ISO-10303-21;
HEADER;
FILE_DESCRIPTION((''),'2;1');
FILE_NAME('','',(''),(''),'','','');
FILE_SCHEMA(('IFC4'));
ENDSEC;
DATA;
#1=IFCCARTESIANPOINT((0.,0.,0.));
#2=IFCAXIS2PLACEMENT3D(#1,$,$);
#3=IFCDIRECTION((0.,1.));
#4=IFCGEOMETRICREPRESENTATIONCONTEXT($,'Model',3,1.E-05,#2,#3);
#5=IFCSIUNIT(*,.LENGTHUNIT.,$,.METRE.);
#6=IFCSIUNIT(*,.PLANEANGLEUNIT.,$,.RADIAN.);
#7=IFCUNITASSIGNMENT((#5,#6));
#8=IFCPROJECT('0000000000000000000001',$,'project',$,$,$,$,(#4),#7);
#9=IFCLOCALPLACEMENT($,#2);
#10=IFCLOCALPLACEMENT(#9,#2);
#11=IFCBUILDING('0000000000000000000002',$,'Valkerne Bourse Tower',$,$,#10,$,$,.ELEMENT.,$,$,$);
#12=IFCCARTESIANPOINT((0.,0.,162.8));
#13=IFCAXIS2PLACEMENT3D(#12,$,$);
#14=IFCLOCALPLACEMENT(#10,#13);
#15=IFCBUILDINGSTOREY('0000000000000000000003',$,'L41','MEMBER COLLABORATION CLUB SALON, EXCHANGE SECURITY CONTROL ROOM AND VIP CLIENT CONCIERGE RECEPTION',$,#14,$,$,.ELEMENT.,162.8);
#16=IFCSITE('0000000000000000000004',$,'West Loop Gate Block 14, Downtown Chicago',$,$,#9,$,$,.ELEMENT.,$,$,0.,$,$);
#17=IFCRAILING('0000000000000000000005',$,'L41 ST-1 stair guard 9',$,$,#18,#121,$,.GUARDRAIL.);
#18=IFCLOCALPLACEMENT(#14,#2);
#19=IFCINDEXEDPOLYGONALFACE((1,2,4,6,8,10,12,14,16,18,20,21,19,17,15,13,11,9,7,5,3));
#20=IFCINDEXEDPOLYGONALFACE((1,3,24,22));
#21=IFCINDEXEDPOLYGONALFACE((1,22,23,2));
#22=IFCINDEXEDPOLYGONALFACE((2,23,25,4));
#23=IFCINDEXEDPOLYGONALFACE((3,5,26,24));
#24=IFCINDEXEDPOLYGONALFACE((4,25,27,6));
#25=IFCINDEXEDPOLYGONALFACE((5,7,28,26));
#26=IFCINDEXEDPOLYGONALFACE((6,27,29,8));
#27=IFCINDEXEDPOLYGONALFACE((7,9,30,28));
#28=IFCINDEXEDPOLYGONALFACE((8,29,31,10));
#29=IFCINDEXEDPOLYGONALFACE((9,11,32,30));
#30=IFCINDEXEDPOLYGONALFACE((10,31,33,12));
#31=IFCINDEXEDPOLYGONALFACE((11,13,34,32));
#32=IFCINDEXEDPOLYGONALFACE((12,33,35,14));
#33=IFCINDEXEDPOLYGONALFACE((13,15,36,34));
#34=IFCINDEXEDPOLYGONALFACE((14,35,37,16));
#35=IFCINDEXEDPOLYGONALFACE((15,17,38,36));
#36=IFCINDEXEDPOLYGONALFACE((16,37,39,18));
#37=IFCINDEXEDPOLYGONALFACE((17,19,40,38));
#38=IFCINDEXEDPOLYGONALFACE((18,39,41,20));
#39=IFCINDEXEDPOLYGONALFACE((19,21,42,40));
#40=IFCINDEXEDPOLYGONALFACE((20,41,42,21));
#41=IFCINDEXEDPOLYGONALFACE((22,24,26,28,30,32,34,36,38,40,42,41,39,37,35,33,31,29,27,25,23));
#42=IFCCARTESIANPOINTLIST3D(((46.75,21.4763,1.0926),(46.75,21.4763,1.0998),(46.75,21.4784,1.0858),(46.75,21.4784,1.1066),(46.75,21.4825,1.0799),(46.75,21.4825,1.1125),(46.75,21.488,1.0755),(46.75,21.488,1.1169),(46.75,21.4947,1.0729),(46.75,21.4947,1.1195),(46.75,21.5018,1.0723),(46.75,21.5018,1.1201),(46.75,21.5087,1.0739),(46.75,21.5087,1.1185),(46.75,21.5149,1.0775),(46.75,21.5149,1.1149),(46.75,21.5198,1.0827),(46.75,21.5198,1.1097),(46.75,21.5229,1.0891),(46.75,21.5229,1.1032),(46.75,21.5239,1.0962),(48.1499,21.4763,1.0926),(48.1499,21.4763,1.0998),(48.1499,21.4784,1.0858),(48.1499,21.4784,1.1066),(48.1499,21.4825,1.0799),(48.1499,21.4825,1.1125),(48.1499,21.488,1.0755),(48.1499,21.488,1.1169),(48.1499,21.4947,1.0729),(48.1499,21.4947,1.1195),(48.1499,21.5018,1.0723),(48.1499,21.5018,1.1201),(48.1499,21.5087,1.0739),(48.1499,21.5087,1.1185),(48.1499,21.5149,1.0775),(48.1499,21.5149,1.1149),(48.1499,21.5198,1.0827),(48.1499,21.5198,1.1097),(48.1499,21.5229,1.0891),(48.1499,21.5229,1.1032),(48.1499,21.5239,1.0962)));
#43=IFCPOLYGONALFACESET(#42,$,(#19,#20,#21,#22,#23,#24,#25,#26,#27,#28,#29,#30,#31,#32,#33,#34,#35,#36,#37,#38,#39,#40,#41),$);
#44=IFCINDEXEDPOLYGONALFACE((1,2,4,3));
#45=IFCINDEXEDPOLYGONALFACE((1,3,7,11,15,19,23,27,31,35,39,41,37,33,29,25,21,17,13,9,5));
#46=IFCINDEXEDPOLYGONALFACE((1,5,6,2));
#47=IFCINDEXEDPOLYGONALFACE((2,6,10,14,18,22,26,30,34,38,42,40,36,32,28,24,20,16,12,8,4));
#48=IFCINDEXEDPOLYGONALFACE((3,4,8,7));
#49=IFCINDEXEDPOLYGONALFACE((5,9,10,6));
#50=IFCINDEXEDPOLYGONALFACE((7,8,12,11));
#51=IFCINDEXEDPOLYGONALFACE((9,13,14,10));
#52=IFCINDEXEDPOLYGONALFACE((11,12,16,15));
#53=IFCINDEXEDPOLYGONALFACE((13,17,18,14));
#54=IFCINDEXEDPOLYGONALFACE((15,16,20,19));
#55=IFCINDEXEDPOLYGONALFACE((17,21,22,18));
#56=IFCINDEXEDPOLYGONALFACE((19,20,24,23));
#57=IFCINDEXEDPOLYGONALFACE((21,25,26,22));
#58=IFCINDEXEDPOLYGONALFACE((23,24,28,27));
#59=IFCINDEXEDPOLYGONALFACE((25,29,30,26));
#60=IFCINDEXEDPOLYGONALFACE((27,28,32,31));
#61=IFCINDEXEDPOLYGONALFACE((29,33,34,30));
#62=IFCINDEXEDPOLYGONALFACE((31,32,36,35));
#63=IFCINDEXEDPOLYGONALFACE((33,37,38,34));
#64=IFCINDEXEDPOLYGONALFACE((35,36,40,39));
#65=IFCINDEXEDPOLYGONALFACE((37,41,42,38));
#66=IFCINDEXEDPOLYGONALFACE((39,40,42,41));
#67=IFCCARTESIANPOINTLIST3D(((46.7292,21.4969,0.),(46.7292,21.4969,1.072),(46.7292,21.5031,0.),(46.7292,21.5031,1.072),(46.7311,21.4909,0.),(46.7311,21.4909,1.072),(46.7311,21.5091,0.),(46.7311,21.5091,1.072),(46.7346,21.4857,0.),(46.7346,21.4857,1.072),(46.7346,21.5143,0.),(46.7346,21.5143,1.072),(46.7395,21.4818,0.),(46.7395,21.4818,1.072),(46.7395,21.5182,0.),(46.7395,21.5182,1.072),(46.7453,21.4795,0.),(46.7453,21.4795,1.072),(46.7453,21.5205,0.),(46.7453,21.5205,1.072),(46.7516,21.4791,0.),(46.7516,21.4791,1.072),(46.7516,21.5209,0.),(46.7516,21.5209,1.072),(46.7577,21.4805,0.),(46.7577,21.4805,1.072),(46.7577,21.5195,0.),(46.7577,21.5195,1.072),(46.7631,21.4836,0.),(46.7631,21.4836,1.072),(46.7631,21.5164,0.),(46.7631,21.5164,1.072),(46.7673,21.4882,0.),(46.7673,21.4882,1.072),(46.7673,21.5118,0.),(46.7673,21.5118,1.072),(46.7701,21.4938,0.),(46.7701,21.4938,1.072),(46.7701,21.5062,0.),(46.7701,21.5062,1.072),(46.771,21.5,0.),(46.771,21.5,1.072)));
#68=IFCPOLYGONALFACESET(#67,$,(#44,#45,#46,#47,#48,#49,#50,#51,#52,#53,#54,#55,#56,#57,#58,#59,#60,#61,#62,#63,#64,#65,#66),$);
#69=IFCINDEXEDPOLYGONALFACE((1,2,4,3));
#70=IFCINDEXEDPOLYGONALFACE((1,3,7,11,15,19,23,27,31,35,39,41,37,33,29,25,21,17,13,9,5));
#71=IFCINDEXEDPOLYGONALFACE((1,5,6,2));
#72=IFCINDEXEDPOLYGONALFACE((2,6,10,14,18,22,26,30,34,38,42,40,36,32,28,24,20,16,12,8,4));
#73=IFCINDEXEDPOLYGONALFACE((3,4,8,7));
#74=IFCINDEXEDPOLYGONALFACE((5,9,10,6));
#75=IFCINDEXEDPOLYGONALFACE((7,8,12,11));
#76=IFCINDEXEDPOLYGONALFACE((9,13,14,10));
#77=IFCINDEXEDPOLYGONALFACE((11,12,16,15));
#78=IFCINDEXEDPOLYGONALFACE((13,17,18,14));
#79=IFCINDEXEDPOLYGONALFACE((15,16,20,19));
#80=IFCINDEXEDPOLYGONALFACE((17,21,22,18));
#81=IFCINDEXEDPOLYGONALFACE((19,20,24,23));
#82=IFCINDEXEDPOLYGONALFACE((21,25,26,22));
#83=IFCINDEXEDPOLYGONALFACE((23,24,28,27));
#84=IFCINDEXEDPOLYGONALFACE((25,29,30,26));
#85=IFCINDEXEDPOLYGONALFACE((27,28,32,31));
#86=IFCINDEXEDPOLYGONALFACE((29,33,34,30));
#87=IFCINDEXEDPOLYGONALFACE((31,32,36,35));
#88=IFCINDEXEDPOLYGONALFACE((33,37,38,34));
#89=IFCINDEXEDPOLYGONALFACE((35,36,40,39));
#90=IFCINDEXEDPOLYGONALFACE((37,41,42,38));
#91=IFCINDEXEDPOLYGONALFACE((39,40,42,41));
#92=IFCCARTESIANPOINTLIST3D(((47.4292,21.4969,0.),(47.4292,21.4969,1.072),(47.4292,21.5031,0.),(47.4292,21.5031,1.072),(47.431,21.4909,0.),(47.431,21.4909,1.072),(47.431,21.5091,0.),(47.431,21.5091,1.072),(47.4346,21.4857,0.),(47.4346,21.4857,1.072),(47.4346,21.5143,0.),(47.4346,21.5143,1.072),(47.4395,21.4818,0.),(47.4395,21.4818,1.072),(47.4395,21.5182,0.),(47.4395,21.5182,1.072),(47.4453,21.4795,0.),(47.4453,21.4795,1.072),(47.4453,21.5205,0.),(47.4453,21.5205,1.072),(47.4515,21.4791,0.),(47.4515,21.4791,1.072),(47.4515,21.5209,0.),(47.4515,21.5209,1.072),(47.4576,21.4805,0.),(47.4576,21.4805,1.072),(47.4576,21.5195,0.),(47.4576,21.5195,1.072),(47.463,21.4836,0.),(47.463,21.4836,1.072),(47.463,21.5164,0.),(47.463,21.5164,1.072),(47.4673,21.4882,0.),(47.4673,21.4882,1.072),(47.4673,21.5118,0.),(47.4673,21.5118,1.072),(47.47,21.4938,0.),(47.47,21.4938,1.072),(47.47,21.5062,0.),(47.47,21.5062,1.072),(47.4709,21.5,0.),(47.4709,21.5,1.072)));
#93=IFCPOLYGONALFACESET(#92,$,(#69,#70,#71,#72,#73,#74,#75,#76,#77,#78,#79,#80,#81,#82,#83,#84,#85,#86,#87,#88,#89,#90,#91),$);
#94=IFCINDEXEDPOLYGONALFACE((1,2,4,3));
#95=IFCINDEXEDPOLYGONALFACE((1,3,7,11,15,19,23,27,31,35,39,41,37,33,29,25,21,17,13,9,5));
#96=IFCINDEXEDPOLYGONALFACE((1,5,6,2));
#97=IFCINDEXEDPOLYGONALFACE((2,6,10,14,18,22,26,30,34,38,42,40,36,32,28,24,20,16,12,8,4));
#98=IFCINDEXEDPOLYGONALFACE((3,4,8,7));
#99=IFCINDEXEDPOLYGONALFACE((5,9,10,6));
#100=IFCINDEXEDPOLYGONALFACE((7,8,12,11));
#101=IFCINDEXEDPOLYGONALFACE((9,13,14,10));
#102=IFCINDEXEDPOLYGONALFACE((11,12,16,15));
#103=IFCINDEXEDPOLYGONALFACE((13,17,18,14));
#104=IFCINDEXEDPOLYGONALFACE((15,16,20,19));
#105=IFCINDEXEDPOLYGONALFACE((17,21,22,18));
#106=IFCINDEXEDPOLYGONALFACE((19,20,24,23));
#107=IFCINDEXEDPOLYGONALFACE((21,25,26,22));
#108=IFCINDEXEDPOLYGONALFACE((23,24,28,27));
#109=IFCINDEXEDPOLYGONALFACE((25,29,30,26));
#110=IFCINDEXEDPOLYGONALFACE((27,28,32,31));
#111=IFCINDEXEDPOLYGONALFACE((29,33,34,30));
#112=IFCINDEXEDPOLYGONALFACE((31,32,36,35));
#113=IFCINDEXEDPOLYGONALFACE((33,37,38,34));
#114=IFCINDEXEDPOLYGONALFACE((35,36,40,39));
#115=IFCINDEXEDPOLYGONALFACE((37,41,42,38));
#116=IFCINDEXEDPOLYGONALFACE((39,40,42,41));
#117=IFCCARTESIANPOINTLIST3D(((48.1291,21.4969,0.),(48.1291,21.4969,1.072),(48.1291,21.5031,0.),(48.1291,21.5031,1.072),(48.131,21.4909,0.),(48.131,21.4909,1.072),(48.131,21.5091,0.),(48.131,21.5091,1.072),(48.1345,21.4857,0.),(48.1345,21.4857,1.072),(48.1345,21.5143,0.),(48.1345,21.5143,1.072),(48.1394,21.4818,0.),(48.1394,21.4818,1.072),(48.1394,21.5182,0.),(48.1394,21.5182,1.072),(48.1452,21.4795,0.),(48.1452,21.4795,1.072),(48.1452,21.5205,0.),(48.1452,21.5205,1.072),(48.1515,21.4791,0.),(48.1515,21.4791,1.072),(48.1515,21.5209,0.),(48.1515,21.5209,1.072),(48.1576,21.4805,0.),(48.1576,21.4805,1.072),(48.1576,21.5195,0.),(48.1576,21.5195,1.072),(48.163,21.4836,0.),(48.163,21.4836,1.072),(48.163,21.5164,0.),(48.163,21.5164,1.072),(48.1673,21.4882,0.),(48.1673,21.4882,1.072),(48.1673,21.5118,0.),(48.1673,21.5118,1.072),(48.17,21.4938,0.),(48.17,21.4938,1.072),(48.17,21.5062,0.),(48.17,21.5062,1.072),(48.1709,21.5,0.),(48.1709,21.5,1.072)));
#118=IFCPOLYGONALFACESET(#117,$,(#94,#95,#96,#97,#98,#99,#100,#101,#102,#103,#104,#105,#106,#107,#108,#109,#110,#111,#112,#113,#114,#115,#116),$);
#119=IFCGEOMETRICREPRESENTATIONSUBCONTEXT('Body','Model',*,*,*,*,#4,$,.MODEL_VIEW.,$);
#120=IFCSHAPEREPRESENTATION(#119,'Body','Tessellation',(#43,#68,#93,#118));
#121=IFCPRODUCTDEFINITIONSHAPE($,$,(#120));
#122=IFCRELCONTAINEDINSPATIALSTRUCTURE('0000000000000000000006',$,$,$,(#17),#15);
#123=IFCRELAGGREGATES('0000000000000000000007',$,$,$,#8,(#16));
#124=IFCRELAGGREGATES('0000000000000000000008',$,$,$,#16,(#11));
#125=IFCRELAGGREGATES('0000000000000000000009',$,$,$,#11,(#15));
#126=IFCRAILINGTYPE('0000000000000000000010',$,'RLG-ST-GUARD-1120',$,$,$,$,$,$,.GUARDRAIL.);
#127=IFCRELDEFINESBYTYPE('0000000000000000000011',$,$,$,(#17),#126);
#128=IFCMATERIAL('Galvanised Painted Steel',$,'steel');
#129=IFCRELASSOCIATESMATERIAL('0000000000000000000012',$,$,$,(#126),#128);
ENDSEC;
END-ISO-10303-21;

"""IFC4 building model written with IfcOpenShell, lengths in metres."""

from ifc_helpers import new_model, si_unit, direction, frame, origin, origin_2d, place, context, subcontext, project, spatial, circle, extrude, material, type_object, element, save


model = new_model("IFC4")

# Units and contexts
model_context = context("Model", 3, precision=1e-05, world=origin(), true_north=direction((0.0, 1.0)))
body_context = subcontext(model_context, "Body", "Model", "MODEL_VIEW")
ifc_project = project(units=[si_unit("LENGTHUNIT", "METRE"), si_unit("PLANEANGLEUNIT", "RADIAN")], contexts=[model_context])

# Site, building, storey
site_placement = place(None, origin())
site = spatial("IfcSite", under=ifc_project, at=site_placement, Name="West Loop Gate Block 14, Downtown Chicago", CompositionType="ELEMENT", RefElevation=0.0)
building_placement = place(site_placement, origin())
building = spatial("IfcBuilding", under=site, at=building_placement, Name="Valkerne Bourse Tower", CompositionType="ELEMENT")
storey_placement = place(building_placement, frame((0.0, 0.0, 162.8)))
storey = spatial("IfcBuildingStorey", under=building, at=storey_placement, Name="L41", Description="MEMBER COLLABORATION CLUB SALON, EXCHANGE SECURITY CONTROL ROOM AND VIP CLIENT CONCIERGE RECEPTION", CompositionType="ELEMENT", Elevation=162.8)

# Shared definitions
ifc_material_1 = material(Name="Galvanised Painted Steel", Category="steel")

# Railing
railing_type_1 = type_object("IfcRailingType", Name="RLG-ST-GUARD-1120", PredefinedType="GUARDRAIL", material=ifc_material_1)
for number, where, name in (
    (1, (46.75, 21.5, 0.0), "L41 ST-1 stair guard 9"),
):
    element("IfcRailing", number, at=place(storey_placement, frame(where)), inside=storey, type_object=railing_type_1, Name=name, PredefinedType="GUARDRAIL", context=body_context, shape_type="SweptSolid", body=[
        extrude(circle(Radius=0.0239, at=origin_2d()), frame((0.0, 0.0, 1.0962), z_axis=(1.0, 0.0, 0.0), x_axis=(0.0, 1.0, 0.0)), (0.0, 0.0, 1.0), 1.3999),
        extrude(circle(Radius=0.021, at=origin_2d()), origin(), (0.0, 0.0, 1.0), 1.072),
        extrude(circle(Radius=0.021, at=origin_2d()), frame((0.7, 0.0, 0.0)), (0.0, 0.0, 1.0), 1.072),
        extrude(circle(Radius=0.021, at=origin_2d()), frame((1.3999, 0.0, 0.0)), (0.0, 0.0, 1.0), 1.072),
    ])

save(model, "model.ifc")
